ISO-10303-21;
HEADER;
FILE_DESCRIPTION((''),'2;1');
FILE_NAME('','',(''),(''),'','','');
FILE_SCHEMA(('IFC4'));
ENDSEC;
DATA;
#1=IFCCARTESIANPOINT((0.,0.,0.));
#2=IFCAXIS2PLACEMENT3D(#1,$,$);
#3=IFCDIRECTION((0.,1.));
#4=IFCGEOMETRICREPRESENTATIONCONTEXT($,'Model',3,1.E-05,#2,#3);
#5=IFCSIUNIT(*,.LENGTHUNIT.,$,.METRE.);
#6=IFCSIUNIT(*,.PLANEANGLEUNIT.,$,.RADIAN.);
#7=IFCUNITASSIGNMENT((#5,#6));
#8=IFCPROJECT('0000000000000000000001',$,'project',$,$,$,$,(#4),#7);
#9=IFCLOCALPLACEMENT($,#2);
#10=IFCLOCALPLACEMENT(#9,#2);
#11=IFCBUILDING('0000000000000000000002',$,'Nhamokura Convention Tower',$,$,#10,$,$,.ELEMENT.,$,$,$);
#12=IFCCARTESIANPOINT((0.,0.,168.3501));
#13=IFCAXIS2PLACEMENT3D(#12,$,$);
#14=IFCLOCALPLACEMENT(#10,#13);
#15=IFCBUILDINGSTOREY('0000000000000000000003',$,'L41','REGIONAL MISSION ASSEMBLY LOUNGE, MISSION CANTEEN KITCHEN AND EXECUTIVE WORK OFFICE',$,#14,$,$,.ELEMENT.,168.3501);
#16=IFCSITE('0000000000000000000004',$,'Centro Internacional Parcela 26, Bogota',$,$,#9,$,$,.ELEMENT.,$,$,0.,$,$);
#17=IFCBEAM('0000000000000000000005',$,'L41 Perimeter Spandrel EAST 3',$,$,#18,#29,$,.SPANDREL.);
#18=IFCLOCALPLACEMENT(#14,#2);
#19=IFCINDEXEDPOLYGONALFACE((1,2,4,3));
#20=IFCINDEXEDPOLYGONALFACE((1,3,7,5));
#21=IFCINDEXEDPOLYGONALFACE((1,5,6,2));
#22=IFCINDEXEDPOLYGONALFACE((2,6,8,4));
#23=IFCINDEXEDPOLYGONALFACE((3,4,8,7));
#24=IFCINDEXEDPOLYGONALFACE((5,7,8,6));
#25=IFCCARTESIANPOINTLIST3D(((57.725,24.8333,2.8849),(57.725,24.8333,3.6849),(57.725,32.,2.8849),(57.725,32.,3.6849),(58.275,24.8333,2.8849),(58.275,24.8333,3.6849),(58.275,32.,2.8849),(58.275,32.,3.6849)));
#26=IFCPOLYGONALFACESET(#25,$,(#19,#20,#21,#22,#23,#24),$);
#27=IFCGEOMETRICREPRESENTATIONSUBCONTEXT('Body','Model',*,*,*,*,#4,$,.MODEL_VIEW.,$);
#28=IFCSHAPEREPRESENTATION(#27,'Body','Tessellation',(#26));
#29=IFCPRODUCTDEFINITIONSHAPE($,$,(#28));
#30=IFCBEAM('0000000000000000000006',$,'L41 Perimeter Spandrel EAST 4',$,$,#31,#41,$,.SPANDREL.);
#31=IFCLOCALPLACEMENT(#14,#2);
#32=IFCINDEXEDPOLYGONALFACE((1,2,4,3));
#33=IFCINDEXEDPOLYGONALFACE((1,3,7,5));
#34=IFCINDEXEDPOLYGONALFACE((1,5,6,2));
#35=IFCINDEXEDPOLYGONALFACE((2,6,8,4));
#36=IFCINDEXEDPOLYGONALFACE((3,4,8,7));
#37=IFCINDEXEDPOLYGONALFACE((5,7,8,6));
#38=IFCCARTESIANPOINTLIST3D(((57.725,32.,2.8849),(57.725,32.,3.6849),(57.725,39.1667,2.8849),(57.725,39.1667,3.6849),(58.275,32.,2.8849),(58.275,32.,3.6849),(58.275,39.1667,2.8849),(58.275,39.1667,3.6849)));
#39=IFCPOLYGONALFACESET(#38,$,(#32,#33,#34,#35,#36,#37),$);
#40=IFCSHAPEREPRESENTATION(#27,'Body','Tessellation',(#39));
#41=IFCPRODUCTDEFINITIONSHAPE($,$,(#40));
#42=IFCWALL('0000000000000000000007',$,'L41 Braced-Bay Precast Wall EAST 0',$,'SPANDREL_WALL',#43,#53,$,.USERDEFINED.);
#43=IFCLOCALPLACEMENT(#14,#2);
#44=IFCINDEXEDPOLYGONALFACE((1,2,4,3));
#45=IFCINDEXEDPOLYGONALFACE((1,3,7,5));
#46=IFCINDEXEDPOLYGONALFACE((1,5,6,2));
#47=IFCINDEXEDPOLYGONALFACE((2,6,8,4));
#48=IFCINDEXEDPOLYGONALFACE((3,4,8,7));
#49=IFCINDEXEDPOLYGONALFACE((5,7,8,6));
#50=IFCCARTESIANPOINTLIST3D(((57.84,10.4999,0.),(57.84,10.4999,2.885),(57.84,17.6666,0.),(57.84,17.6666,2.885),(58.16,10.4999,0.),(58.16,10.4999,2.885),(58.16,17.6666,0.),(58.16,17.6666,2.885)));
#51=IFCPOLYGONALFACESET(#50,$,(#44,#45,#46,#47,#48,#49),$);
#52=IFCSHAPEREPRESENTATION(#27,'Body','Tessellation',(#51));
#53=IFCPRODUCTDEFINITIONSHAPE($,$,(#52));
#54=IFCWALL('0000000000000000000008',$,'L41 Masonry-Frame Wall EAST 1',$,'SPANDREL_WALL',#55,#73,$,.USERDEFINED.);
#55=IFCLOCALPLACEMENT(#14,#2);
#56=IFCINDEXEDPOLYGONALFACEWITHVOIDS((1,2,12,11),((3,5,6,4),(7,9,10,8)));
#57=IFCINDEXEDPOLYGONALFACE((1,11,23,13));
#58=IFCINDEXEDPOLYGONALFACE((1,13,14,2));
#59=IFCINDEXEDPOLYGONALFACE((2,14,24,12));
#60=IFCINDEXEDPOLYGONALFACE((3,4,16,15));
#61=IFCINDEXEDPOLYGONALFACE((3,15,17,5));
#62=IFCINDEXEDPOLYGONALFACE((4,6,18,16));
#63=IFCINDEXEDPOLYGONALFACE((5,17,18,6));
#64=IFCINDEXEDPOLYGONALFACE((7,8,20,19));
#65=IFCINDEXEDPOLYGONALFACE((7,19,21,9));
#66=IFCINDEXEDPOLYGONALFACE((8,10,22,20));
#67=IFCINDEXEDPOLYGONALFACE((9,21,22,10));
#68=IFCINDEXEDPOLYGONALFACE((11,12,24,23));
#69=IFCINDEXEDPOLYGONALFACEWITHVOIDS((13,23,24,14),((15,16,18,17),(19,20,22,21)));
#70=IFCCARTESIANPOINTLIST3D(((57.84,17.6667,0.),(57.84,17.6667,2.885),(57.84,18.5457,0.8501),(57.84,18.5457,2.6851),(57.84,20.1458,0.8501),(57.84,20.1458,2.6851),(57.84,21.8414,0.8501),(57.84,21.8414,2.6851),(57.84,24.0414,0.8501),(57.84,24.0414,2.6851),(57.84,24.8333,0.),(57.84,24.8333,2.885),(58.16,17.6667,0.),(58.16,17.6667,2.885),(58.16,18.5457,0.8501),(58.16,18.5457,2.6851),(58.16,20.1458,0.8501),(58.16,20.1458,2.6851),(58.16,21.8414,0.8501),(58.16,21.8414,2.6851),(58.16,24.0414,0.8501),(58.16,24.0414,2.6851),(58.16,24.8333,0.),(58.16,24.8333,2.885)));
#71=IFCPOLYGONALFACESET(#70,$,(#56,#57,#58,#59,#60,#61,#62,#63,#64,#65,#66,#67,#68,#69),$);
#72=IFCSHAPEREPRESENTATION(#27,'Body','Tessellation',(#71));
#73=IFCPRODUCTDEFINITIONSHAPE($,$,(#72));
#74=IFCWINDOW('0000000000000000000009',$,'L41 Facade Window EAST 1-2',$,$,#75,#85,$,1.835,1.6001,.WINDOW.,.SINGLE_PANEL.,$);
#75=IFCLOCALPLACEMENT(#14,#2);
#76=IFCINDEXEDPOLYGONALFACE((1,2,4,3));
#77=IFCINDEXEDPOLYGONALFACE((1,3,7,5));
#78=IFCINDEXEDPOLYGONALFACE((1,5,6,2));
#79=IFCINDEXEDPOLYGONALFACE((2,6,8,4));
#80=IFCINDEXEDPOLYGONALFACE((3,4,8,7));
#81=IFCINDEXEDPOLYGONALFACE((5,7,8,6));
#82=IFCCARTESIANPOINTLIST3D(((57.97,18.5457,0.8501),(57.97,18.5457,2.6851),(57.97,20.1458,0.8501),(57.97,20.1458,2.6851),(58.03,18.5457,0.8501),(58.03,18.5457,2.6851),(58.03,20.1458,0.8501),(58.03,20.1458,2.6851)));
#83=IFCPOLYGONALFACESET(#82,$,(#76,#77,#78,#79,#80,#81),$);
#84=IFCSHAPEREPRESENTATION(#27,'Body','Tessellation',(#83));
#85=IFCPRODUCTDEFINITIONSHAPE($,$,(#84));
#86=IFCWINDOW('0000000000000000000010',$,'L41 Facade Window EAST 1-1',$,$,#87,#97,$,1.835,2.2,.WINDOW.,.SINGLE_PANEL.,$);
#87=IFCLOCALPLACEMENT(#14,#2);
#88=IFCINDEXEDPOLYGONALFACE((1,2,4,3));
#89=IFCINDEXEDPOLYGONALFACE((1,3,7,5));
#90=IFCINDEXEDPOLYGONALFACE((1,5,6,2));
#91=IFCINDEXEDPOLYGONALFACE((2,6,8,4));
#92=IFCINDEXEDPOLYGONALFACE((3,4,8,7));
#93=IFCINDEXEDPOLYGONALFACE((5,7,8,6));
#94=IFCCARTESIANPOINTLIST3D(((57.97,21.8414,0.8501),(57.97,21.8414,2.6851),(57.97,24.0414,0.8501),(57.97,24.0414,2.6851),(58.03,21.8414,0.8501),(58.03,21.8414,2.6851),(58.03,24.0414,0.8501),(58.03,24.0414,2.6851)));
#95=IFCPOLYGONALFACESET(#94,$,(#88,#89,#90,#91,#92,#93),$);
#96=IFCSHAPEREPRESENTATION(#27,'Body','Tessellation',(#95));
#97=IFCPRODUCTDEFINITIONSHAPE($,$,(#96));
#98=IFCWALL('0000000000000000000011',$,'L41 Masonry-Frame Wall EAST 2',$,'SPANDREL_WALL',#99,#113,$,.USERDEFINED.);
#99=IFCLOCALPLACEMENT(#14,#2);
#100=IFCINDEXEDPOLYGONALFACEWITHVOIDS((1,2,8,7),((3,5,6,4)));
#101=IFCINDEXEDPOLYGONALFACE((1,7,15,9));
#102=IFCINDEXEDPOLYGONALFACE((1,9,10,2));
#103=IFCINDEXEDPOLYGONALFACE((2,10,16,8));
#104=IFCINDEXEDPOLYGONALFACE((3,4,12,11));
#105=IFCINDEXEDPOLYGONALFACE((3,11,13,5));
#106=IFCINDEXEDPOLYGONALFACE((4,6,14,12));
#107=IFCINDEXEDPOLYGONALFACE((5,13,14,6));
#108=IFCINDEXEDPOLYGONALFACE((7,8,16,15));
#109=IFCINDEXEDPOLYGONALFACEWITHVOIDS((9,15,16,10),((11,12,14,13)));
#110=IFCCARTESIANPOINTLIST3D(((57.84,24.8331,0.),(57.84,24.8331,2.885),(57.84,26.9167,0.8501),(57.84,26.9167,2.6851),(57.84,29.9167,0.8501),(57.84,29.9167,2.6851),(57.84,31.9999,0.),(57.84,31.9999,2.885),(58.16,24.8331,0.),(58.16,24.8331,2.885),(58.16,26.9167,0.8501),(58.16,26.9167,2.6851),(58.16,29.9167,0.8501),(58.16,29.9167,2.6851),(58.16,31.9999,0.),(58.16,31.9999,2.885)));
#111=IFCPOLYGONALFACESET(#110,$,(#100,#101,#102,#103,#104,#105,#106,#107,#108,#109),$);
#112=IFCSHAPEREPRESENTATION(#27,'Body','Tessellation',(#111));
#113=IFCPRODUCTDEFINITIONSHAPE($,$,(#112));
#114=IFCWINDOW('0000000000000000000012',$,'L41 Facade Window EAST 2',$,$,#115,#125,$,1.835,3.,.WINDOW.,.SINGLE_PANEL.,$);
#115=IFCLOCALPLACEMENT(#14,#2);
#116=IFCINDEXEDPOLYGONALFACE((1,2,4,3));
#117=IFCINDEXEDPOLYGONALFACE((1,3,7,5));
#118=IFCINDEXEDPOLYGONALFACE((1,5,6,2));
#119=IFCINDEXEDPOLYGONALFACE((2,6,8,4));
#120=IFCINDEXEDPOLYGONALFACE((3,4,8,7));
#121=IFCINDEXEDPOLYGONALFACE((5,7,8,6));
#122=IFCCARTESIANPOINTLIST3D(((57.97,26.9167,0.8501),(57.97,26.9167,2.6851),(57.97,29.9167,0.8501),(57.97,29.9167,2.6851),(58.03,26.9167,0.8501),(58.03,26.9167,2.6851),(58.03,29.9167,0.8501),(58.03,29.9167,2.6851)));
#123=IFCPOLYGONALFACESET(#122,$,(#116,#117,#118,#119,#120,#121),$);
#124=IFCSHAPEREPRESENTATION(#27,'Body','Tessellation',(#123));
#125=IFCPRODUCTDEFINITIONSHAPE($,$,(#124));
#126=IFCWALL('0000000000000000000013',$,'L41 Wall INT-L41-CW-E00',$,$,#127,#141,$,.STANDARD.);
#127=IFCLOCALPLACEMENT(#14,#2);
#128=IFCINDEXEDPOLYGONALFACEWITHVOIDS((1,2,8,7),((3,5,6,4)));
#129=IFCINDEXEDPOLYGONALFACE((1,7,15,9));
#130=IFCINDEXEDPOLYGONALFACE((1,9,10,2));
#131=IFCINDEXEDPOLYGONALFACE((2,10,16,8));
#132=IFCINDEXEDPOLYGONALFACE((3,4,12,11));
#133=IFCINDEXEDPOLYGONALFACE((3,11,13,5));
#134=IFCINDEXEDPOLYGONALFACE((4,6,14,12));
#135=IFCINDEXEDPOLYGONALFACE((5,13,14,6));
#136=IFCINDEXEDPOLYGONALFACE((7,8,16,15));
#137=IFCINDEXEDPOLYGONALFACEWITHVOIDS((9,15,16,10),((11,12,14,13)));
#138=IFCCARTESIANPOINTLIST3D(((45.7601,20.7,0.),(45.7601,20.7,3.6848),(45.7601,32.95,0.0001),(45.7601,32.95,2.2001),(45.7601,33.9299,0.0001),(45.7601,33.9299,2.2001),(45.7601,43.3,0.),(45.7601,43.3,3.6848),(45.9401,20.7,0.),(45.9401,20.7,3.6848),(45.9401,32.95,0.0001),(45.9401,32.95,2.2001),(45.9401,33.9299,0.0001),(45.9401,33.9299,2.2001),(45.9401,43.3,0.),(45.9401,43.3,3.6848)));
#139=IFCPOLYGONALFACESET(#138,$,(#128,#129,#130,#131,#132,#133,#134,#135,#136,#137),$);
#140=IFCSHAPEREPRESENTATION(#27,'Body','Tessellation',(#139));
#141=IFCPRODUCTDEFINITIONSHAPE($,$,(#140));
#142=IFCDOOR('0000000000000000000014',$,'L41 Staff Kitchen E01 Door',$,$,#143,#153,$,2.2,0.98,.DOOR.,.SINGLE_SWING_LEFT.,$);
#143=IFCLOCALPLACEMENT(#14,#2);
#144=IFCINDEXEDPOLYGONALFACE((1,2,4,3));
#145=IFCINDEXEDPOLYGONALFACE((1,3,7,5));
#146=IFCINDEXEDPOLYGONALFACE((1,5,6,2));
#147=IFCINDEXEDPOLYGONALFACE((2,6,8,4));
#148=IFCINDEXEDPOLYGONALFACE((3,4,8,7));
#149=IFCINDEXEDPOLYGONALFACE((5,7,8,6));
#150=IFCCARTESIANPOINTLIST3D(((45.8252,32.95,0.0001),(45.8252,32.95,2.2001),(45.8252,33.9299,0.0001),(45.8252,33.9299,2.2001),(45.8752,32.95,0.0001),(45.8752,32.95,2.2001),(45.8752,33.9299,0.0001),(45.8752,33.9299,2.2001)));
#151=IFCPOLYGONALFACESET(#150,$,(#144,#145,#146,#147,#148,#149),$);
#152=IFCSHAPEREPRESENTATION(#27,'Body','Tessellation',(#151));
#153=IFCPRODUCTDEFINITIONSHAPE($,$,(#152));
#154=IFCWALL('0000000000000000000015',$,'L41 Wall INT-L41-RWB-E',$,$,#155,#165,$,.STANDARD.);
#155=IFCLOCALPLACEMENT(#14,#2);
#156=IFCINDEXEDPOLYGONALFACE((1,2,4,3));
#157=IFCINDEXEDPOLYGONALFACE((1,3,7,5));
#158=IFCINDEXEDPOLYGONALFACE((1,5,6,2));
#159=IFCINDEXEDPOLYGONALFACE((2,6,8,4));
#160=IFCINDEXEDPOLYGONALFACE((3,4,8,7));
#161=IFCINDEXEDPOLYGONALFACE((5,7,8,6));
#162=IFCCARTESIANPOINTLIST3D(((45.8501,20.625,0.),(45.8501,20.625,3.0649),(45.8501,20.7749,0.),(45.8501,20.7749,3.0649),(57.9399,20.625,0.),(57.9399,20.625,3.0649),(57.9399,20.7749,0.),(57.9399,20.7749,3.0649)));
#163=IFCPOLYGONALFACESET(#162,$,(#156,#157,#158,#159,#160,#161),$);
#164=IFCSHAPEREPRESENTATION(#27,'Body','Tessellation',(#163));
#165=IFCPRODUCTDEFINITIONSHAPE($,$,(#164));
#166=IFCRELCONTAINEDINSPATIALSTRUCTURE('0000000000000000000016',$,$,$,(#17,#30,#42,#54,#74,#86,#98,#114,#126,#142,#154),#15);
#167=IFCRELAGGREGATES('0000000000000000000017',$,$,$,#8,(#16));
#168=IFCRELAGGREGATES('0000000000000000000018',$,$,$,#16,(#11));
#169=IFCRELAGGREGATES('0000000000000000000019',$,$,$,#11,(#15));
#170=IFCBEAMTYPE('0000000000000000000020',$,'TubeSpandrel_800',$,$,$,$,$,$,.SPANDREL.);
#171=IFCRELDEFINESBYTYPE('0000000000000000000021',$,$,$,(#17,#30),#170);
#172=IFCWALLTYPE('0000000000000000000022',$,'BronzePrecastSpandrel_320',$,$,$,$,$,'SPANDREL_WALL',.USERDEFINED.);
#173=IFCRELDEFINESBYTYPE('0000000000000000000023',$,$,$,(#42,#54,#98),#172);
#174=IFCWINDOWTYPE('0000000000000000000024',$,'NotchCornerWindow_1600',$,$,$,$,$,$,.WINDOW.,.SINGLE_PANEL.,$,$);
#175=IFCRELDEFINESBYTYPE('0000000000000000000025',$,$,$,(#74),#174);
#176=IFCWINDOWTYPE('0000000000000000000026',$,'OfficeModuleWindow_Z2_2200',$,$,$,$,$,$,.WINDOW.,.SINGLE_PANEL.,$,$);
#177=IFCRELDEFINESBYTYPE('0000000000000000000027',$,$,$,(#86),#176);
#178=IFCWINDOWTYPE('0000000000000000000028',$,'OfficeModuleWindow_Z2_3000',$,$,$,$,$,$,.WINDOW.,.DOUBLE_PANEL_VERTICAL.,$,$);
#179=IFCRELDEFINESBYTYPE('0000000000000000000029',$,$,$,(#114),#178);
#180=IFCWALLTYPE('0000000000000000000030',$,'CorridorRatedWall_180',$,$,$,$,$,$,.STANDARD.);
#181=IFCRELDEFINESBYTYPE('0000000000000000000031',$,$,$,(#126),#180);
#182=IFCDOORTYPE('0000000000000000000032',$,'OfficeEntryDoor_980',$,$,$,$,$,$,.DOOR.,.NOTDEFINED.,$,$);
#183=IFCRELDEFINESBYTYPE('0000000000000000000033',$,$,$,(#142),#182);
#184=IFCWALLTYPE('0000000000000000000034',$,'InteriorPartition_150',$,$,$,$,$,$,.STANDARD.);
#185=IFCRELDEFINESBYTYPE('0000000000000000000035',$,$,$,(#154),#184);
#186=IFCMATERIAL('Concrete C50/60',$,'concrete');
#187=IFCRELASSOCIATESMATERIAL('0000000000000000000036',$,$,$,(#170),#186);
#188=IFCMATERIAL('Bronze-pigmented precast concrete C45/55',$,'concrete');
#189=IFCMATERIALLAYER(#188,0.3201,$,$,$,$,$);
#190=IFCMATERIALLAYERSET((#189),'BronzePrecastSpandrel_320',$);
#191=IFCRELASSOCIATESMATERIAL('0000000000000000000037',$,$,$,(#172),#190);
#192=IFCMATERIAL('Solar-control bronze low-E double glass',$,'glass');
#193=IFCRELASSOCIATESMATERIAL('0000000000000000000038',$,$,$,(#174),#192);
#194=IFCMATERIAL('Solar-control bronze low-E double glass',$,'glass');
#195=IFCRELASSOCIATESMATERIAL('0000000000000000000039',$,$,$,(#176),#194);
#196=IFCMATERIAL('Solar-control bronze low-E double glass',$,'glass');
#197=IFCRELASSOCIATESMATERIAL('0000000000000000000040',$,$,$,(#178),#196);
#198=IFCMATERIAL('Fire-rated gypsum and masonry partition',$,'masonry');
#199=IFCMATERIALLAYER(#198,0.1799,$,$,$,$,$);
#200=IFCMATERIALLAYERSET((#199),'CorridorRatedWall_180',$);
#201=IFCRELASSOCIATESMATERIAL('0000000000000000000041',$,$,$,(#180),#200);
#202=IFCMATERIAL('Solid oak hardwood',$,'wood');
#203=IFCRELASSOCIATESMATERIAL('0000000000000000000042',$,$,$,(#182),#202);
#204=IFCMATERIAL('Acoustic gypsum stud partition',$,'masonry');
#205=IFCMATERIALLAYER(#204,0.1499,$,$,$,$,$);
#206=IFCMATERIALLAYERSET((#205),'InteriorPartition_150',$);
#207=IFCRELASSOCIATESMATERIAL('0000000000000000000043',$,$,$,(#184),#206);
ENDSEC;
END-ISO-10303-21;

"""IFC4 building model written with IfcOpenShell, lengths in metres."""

from ifc_helpers import new_model, si_unit, direction, frame, frame_2d, origin, origin_2d, place, context, subcontext, project, spatial, rectangle, extrude, material, layer, layer_set, material_profile, profile_set, type_object, element, fill, save


model = new_model("IFC4")

# Units and contexts
model_context = context("Model", 3, precision=1e-05, world=origin(), true_north=direction((0.0, 1.0)))
body_context = subcontext(model_context, "Body", "Model", "MODEL_VIEW")
ifc_project = project(units=[si_unit("LENGTHUNIT", "METRE"), si_unit("PLANEANGLEUNIT", "RADIAN")], contexts=[model_context])

# Site, building, storey
site_placement = place(None, origin())
site = spatial("IfcSite", under=ifc_project, at=site_placement, Name="Centro Internacional Parcela 26, Bogota", CompositionType="ELEMENT", RefElevation=0.0)
building_placement = place(site_placement, origin())
building = spatial("IfcBuilding", under=site, at=building_placement, Name="Nhamokura Convention Tower", CompositionType="ELEMENT")
storey_placement = place(building_placement, frame((0.0, 0.0, 168.3501)))
storey = spatial("IfcBuildingStorey", under=building, at=storey_placement, Name="L41", Description="REGIONAL MISSION ASSEMBLY LOUNGE, MISSION CANTEEN KITCHEN AND EXECUTIVE WORK OFFICE", CompositionType="ELEMENT", Elevation=168.3501)

# Beams
ifc_material_1 = material(Name="Concrete C50/60", Category="concrete")
ifc_material_profile_1 = material_profile(ifc_material_1, rectangle(XDim=0.55, YDim=0.8, at=origin_2d()))
ifc_profile_set_1 = profile_set([ifc_material_profile_1], Name="Concrete C50/60")
beam_type_1 = type_object("IfcBeamType", Name="TubeSpandrel_800", PredefinedType="SPANDREL", material=ifc_profile_set_1)
for number, where, z_axis, x_axis, name in (
    (1, (58.0, 24.8333, 3.2849), (0.0, 1.0, 0.0), (-1.0, 0.0, 0.0), "L41 Perimeter Spandrel EAST 3"),
    (2, (58.0, 32.0, 3.2849), (0.0, 1.0, 0.0), (-1.0, 0.0, 0.0), "L41 Perimeter Spandrel EAST 4"),
):
    element("IfcBeam", number, at=place(storey_placement, frame(where, z_axis=z_axis, x_axis=x_axis)), inside=storey, type_object=beam_type_1, Name=name, PredefinedType="SPANDREL", context=body_context, shape_type="SweptSolid", body=[
        extrude(rectangle(XDim=0.55, YDim=0.8, at=origin_2d()), origin(), (0.0, 0.0, 1.0), 7.1667),
    ])

# Wall
ifc_material_2 = material(Name="Bronze-pigmented precast concrete C45/55", Category="concrete")
ifc_layer_1 = layer(ifc_material_2, 0.3201)
ifc_layer_set_1 = layer_set([ifc_layer_1], Name="BronzePrecastSpandrel_320")
wall_type_1 = type_object("IfcWallType", Name="BronzePrecastSpandrel_320", ElementType="SPANDREL_WALL", PredefinedType="USERDEFINED", material=ifc_layer_set_1)
wall_1_placement = place(storey_placement, frame((58.0, 17.6667, 0.0), z_axis=(0.0, 0.0, 1.0), x_axis=(0.0, -1.0, 0.0)))
element("IfcWall", 3, at=wall_1_placement, inside=storey, type_object=wall_type_1, Name="L41 Braced-Bay Precast Wall EAST 0", ObjectType="SPANDREL_WALL", PredefinedType="USERDEFINED", context=body_context, shape_type="SweptSolid", body=[
    extrude(rectangle(XDim=7.1667, YDim=0.3201, at=frame_2d((3.5835, 0.0))), origin(), (0.0, 0.0, 1.0), 2.885),
])

# Wall, openings, windows
wall_2_placement = place(storey_placement, frame((58.0, 24.8333, 0.0), z_axis=(0.0, 0.0, 1.0), x_axis=(0.0, -1.0, 0.0)))
wall_2 = element("IfcWall", 4, at=wall_2_placement, inside=storey, type_object=wall_type_1, Name="L41 Masonry-Frame Wall EAST 1", ObjectType="SPANDREL_WALL", PredefinedType="USERDEFINED", context=body_context, shape_type="SweptSolid", body=[
    extrude(rectangle(XDim=7.1665, YDim=0.3201, at=frame_2d((3.5833, 0.0))), origin(), (0.0, 0.0, 1.0), 2.885),
])
opening_1_placement = place(wall_2_placement, frame((0.7917, 0.0, 0.8501)))
opening_1 = element("IfcOpeningElement", 5, at=opening_1_placement, cuts=wall_2, PredefinedType="OPENING", context=body_context, shape_type="SweptSolid", body=[
    extrude(rectangle(XDim=2.2, YDim=1.835, at=frame_2d((1.1001, 0.9175))), frame((0.0, 0.1699, 0.0), z_axis=(0.0, -1.0, 0.0), x_axis=(1.0, 0.0, 0.0)), (0.0, 0.0, 1.0), 0.3401),
])
opening_2_placement = place(wall_2_placement, frame((4.6875, 0.0, 0.8501)))
opening_2 = element("IfcOpeningElement", 6, at=opening_2_placement, cuts=wall_2, PredefinedType="OPENING", context=body_context, shape_type="SweptSolid", body=[
    extrude(rectangle(XDim=1.6001, YDim=1.835, at=frame_2d((0.8, 0.9175))), frame((0.0, 0.1699, 0.0), z_axis=(0.0, -1.0, 0.0), x_axis=(1.0, 0.0, 0.0)), (0.0, 0.0, 1.0), 0.3401),
])
ifc_material_3 = material(Name="Solar-control bronze low-E double glass", Category="glass")
window_type_1 = type_object("IfcWindowType", Name="NotchCornerWindow_1600", PartitioningType="SINGLE_PANEL", PredefinedType="WINDOW", material=ifc_material_3)
window_1_placement = place(opening_2_placement, origin())
window_1 = element("IfcWindow", 7, at=window_1_placement, inside=storey, type_object=window_type_1, Name="L41 Facade Window EAST 1-2", OverallHeight=1.835, OverallWidth=1.6001, PartitioningType="SINGLE_PANEL", PredefinedType="WINDOW", context=body_context, shape_type="SweptSolid", body=[
    extrude(rectangle(XDim=1.6001, YDim=1.835, at=frame_2d((0.8, 0.9175))), frame((0.0, 0.03, 0.0), z_axis=(0.0, -1.0, 0.0), x_axis=(1.0, 0.0, 0.0)), (0.0, 0.0, 1.0), 0.0601),
])
fill(opening_2, window_1)
ifc_material_4 = material(Name="Solar-control bronze low-E double glass", Category="glass")
window_type_2 = type_object("IfcWindowType", Name="OfficeModuleWindow_Z2_2200", PartitioningType="SINGLE_PANEL", PredefinedType="WINDOW", material=ifc_material_4)
window_2_placement = place(opening_1_placement, origin())
window_2 = element("IfcWindow", 8, at=window_2_placement, inside=storey, type_object=window_type_2, Name="L41 Facade Window EAST 1-1", OverallHeight=1.835, OverallWidth=2.2, PartitioningType="SINGLE_PANEL", PredefinedType="WINDOW", context=body_context, shape_type="SweptSolid", body=[
    extrude(rectangle(XDim=2.2, YDim=1.835, at=frame_2d((1.1001, 0.9175))), frame((0.0, 0.03, 0.0), z_axis=(0.0, -1.0, 0.0), x_axis=(1.0, 0.0, 0.0)), (0.0, 0.0, 1.0), 0.0601),
])
fill(opening_1, window_2)

# Wall, opening, window
wall_3_placement = place(storey_placement, frame((58.0, 32.0, 0.0), z_axis=(0.0, 0.0, 1.0), x_axis=(0.0, -1.0, 0.0)))
wall_3 = element("IfcWall", 9, at=wall_3_placement, inside=storey, type_object=wall_type_1, Name="L41 Masonry-Frame Wall EAST 2", ObjectType="SPANDREL_WALL", PredefinedType="USERDEFINED", context=body_context, shape_type="SweptSolid", body=[
    extrude(rectangle(XDim=7.1667, YDim=0.3201, at=frame_2d((3.5835, 0.0))), origin(), (0.0, 0.0, 1.0), 2.885),
])
opening_3_placement = place(wall_3_placement, frame((2.0833, 0.0, 0.8501)))
opening_3 = element("IfcOpeningElement", 10, at=opening_3_placement, cuts=wall_3, PredefinedType="OPENING", context=body_context, shape_type="SweptSolid", body=[
    extrude(rectangle(XDim=3.0, YDim=1.835, at=frame_2d((1.5, 0.9175))), frame((0.0, 0.1699, 0.0), z_axis=(0.0, -1.0, 0.0), x_axis=(1.0, 0.0, 0.0)), (0.0, 0.0, 1.0), 0.3401),
])
ifc_material_5 = material(Name="Solar-control bronze low-E double glass", Category="glass")
window_type_3 = type_object("IfcWindowType", Name="OfficeModuleWindow_Z2_3000", PartitioningType="DOUBLE_PANEL_VERTICAL", PredefinedType="WINDOW", material=ifc_material_5)
window_3_placement = place(opening_3_placement, origin())
window_3 = element("IfcWindow", 11, at=window_3_placement, inside=storey, type_object=window_type_3, Name="L41 Facade Window EAST 2", OverallHeight=1.835, OverallWidth=3.0, PartitioningType="SINGLE_PANEL", PredefinedType="WINDOW", context=body_context, shape_type="SweptSolid", body=[
    extrude(rectangle(XDim=3.0, YDim=1.835, at=frame_2d((1.5, 0.9175))), frame((0.0, 0.03, 0.0), z_axis=(0.0, -1.0, 0.0), x_axis=(1.0, 0.0, 0.0)), (0.0, 0.0, 1.0), 0.0601),
])
fill(opening_3, window_3)

# Wall, opening, door
ifc_material_6 = material(Name="Fire-rated gypsum and masonry partition", Category="masonry")
ifc_layer_2 = layer(ifc_material_6, 0.1799)
ifc_layer_set_2 = layer_set([ifc_layer_2], Name="CorridorRatedWall_180")
wall_type_2 = type_object("IfcWallType", Name="CorridorRatedWall_180", PredefinedType="STANDARD", material=ifc_layer_set_2)
wall_4_placement = place(storey_placement, frame((45.8501, 20.7, 0.0), z_axis=(0.0, 0.0, 1.0), x_axis=(0.0, 1.0, 0.0)))
wall_4 = element("IfcWall", 12, at=wall_4_placement, inside=storey, type_object=wall_type_2, Name="L41 Wall INT-L41-CW-E00", PredefinedType="STANDARD", context=body_context, shape_type="SweptSolid", body=[
    extrude(rectangle(XDim=22.6001, YDim=0.1799, at=frame_2d((11.3, 0.0))), origin(), (0.0, 0.0, 1.0), 3.6848),
])
opening_4_placement = place(wall_4_placement, frame((12.25, 0.0, 0.0)))
opening_4 = element("IfcOpeningElement", 13, at=opening_4_placement, cuts=wall_4, PredefinedType="OPENING", context=body_context, shape_type="SweptSolid", body=[
    extrude(rectangle(XDim=0.98, YDim=2.2, at=frame_2d((0.49, 1.1001))), frame((0.0, 0.0999, 0.0), z_axis=(0.0, -1.0, 0.0), x_axis=(1.0, 0.0, 0.0)), (0.0, 0.0, 1.0), 0.2),
])
ifc_material_7 = material(Name="Solid oak hardwood", Category="wood")
door_type = type_object("IfcDoorType", Name="OfficeEntryDoor_980", OperationType="NOTDEFINED", PredefinedType="DOOR", material=ifc_material_7)
door_placement = place(opening_4_placement, origin())
door = element("IfcDoor", 14, at=door_placement, inside=storey, type_object=door_type, Name="L41 Staff Kitchen E01 Door", OperationType="SINGLE_SWING_LEFT", OverallHeight=2.2, OverallWidth=0.98, PredefinedType="DOOR", context=body_context, shape_type="SweptSolid", body=[
    extrude(rectangle(XDim=0.98, YDim=2.2, at=frame_2d((0.49, 1.1001))), frame((0.0, 0.0249, 0.0), z_axis=(0.0, -1.0, 0.0), x_axis=(1.0, 0.0, 0.0)), (0.0, 0.0, 1.0), 0.05),
])
fill(opening_4, door)

# Wall
ifc_material_8 = material(Name="Acoustic gypsum stud partition", Category="masonry")
ifc_layer_3 = layer(ifc_material_8, 0.1499)
ifc_layer_set_3 = layer_set([ifc_layer_3], Name="InteriorPartition_150")
wall_type_3 = type_object("IfcWallType", Name="InteriorPartition_150", PredefinedType="STANDARD", material=ifc_layer_set_3)
wall_5_placement = place(storey_placement, frame((45.8501, 20.7, 0.0), z_axis=(0.0, 0.0, 1.0), x_axis=(1.0, 0.0, 0.0)))
element("IfcWall", 15, at=wall_5_placement, inside=storey, type_object=wall_type_3, Name="L41 Wall INT-L41-RWB-E", PredefinedType="STANDARD", context=body_context, shape_type="SweptSolid", body=[
    extrude(rectangle(XDim=12.0898, YDim=0.1499, at=frame_2d((6.0449, 0.0))), origin(), (0.0, 0.0, 1.0), 3.0649),
])

save(model, "model.ifc")
